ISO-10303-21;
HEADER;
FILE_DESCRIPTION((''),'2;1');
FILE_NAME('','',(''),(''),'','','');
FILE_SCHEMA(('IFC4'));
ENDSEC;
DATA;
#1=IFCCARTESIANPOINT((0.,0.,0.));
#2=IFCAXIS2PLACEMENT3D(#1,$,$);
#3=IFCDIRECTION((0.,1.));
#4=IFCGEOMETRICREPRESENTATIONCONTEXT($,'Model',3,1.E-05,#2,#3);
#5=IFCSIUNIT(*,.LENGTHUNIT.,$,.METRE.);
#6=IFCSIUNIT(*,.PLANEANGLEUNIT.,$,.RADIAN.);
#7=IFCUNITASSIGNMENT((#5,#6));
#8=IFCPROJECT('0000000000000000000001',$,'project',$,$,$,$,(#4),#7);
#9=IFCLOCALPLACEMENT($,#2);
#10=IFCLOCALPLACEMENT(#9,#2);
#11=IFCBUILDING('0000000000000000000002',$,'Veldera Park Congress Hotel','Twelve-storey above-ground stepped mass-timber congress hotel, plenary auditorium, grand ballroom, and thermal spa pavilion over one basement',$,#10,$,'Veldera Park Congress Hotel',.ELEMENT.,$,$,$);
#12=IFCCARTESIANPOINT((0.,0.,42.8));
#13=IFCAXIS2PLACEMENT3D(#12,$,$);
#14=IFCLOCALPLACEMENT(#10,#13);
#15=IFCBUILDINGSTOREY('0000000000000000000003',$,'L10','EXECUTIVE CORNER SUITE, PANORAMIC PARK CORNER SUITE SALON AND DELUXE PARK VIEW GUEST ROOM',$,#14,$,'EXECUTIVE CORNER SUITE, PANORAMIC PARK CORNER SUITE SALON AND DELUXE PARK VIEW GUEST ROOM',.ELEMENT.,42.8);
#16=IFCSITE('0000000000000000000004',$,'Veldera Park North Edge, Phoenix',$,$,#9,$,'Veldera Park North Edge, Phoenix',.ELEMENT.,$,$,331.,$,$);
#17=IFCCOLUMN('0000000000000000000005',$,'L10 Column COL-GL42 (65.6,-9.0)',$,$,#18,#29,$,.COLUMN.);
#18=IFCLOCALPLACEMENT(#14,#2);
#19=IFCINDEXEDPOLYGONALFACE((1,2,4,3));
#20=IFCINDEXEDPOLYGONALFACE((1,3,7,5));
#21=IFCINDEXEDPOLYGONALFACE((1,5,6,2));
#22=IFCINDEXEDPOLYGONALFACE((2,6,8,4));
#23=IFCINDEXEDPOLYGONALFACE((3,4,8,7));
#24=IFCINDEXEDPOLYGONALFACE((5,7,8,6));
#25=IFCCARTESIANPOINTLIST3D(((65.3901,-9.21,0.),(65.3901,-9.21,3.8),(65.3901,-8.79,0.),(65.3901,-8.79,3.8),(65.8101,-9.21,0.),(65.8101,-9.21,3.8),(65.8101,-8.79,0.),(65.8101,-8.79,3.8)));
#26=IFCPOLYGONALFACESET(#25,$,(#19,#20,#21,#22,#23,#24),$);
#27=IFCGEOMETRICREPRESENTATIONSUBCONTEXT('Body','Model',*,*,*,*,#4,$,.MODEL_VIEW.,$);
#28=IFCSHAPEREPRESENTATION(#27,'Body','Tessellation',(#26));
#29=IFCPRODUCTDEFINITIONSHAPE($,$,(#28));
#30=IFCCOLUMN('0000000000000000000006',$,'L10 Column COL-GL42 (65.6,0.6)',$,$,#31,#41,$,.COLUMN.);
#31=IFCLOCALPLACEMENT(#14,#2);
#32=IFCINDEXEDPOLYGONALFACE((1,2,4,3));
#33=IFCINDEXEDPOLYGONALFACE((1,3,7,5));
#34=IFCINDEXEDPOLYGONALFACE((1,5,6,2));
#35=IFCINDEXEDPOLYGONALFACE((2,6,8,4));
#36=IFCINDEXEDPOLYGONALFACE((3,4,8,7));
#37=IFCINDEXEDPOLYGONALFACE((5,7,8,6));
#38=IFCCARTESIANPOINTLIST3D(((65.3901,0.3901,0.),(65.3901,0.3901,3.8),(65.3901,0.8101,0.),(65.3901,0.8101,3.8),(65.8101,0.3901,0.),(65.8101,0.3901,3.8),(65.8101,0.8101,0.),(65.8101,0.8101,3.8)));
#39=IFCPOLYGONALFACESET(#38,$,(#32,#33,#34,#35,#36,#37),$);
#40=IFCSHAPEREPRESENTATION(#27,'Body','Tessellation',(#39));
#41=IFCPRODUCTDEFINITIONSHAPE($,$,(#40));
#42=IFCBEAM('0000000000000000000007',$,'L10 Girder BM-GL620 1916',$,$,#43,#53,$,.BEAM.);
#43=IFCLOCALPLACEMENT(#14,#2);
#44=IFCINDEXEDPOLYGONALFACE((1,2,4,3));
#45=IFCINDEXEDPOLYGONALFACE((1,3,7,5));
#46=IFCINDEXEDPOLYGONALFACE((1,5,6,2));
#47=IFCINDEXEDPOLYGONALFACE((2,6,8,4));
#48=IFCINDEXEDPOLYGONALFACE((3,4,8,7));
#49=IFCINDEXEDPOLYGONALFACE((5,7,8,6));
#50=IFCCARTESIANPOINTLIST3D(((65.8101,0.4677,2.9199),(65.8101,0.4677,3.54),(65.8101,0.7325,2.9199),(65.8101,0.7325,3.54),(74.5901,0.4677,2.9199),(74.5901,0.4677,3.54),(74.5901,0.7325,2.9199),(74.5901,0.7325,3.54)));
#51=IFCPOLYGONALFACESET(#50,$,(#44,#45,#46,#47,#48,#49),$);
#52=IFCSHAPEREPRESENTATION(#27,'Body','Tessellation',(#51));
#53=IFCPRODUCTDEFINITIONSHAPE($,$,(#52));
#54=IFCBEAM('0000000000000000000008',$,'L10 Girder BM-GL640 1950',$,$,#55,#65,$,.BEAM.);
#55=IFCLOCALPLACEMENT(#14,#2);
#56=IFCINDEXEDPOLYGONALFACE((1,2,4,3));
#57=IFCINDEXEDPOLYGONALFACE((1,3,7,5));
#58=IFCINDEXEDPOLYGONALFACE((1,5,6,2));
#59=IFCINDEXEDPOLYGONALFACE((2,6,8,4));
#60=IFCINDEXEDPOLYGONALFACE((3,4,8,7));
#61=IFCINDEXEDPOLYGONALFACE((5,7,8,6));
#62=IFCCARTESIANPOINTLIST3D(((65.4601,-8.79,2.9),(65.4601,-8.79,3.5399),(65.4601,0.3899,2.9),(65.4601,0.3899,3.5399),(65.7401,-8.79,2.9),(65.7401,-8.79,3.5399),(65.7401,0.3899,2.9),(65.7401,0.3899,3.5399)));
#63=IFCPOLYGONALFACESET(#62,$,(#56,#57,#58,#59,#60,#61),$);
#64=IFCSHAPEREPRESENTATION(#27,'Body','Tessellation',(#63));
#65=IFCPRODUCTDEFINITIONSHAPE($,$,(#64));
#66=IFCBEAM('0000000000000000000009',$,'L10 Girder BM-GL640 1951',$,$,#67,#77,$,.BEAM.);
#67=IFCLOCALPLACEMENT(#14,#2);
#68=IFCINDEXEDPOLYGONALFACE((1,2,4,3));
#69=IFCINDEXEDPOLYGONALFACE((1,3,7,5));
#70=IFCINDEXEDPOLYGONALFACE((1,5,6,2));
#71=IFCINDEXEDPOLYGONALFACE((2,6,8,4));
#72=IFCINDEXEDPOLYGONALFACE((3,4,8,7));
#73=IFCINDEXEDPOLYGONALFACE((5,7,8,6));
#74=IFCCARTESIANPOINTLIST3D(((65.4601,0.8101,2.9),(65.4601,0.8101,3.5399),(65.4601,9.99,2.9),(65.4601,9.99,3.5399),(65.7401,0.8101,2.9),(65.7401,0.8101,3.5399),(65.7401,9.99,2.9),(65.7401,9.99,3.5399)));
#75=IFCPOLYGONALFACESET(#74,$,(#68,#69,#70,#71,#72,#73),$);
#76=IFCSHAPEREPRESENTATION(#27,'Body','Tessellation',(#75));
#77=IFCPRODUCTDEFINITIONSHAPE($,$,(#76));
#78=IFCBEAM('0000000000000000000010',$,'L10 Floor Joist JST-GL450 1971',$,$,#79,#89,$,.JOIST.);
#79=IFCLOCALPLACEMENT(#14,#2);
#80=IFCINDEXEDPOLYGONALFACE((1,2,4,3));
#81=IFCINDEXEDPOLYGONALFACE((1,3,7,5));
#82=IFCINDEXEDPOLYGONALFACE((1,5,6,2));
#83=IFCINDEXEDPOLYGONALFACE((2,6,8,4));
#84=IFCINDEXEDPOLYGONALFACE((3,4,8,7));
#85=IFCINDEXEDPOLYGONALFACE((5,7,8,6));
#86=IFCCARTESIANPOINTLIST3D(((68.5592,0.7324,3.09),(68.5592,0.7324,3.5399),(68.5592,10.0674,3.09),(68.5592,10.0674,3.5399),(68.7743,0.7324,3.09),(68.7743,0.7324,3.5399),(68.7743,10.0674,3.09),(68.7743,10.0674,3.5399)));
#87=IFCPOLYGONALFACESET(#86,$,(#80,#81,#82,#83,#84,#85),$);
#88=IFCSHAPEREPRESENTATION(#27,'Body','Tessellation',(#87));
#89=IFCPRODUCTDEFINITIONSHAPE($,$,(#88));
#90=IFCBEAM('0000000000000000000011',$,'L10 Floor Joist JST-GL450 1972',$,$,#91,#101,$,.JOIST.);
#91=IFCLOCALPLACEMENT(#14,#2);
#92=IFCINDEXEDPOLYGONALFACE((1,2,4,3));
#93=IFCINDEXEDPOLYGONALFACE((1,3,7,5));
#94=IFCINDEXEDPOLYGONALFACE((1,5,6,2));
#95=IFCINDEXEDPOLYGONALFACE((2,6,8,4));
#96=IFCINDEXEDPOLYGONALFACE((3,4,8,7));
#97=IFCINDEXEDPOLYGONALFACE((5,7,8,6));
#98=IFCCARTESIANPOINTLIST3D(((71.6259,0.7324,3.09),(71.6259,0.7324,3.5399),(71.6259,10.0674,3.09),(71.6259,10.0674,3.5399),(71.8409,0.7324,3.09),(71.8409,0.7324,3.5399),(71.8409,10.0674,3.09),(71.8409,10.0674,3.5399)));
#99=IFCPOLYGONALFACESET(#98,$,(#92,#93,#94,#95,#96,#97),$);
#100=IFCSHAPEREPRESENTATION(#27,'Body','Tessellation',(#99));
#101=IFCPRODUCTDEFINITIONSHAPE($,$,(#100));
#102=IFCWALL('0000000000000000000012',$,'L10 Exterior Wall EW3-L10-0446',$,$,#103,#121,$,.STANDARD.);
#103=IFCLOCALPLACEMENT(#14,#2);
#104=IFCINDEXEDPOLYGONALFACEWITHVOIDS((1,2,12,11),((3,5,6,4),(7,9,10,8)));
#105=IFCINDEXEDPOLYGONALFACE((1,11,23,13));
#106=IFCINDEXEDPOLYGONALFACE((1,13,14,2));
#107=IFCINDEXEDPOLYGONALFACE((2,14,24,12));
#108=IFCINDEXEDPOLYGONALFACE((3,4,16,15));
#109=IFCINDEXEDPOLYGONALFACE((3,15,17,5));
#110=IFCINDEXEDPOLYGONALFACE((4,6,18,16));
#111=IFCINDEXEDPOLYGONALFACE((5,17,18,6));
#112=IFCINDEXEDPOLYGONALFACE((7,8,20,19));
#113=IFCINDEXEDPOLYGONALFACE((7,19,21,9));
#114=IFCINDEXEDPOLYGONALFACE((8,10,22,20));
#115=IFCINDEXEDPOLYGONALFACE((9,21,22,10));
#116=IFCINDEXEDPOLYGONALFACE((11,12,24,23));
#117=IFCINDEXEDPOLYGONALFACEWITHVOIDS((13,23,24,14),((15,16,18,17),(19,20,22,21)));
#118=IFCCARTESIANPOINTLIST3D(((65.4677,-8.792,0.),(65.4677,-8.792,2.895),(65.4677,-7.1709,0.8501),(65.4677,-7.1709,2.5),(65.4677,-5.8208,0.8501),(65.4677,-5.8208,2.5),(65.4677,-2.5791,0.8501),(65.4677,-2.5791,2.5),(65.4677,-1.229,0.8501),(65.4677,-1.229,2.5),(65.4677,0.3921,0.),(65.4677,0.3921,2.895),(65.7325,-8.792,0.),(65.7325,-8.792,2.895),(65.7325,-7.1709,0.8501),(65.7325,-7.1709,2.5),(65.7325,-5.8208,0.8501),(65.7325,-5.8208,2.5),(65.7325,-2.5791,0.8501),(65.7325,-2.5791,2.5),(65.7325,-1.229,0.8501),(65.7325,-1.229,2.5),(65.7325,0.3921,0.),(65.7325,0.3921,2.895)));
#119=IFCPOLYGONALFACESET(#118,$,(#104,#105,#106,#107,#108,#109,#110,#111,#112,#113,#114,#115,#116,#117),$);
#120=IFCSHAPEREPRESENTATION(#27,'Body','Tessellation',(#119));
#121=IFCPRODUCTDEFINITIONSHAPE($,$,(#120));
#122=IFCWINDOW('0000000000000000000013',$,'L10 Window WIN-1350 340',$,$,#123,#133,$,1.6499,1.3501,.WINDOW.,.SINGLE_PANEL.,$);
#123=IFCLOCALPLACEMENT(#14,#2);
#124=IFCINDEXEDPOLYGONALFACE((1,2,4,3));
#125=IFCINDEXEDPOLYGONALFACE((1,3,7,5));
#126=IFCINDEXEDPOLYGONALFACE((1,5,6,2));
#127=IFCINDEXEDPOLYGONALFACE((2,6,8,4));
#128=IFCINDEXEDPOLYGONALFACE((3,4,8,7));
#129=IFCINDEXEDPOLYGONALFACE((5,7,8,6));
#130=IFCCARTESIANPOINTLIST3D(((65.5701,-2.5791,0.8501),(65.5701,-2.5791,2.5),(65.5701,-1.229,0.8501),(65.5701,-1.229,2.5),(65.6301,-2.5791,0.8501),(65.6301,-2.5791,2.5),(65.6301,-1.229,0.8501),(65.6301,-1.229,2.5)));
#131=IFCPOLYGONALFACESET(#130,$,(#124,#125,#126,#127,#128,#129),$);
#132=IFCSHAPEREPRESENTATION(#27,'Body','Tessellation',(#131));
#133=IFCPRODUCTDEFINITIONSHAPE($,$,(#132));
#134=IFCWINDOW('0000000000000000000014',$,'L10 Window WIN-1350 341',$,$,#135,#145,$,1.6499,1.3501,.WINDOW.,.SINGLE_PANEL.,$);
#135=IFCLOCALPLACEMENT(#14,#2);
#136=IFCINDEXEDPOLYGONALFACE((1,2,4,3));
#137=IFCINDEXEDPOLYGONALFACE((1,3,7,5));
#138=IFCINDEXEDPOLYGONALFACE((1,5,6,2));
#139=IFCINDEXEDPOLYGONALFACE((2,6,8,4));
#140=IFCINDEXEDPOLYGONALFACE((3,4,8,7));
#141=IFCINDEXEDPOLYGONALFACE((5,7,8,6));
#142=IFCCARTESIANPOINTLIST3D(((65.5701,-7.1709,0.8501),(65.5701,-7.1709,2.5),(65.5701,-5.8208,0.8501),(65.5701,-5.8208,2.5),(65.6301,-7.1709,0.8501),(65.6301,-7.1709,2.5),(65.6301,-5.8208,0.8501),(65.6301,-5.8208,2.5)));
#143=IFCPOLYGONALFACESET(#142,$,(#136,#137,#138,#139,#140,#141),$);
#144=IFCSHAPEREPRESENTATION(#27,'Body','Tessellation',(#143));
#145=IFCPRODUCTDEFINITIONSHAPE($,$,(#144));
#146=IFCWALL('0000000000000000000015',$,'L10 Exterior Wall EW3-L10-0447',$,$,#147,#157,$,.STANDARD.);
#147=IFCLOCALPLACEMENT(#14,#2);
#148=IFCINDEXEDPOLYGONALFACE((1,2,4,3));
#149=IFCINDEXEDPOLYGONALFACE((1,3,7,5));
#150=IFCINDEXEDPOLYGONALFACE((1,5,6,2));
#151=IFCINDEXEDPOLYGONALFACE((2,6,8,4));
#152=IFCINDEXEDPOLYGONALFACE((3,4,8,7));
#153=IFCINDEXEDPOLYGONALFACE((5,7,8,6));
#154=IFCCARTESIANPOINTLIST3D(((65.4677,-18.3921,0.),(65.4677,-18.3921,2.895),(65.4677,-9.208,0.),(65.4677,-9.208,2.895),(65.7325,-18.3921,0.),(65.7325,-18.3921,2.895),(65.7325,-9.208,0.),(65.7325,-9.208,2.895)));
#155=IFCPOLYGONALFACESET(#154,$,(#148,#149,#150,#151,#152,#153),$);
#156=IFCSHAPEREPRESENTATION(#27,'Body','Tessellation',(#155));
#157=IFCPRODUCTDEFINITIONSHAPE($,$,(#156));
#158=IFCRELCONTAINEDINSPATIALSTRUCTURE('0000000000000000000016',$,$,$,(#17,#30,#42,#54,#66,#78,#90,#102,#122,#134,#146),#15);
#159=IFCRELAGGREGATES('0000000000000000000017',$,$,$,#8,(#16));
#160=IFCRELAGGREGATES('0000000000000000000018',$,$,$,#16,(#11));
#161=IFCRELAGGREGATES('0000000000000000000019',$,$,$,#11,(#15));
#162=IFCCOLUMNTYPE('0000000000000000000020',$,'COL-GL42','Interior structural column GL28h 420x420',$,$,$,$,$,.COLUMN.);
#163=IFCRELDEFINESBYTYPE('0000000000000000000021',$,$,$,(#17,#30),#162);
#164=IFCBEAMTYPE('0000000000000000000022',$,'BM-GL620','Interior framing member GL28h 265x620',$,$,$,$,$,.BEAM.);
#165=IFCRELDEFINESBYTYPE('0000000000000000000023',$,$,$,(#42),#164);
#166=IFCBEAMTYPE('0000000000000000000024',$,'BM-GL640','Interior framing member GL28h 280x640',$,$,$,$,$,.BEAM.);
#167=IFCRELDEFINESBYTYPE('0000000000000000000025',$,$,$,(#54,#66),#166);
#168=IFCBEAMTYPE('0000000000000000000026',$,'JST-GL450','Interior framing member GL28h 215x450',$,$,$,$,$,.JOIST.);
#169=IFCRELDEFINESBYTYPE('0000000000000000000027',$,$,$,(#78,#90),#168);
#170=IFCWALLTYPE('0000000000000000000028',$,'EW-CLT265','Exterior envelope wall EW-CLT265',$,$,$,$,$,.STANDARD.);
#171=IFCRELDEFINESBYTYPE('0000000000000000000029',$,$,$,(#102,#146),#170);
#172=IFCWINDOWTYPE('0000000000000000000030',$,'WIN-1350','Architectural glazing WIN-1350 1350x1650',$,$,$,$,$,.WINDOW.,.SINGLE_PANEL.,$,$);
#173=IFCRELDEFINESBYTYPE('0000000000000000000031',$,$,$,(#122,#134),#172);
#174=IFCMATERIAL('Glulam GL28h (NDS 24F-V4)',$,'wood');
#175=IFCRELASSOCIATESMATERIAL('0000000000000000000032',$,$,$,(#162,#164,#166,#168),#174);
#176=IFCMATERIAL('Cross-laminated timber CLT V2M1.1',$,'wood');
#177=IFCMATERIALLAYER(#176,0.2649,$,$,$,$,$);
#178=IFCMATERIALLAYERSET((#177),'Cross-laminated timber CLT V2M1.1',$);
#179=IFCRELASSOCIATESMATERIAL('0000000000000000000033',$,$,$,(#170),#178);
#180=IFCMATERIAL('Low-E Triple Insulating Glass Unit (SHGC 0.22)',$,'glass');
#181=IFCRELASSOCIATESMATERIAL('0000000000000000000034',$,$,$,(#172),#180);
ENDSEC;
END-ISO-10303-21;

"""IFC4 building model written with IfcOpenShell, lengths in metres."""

from ifc_helpers import new_model, si_unit, direction, frame, frame_2d, origin, origin_2d, place, context, subcontext, project, spatial, rectangle, extrude, material, layer, layer_set, material_profile, profile_set, type_object, element, fill, save


model = new_model("IFC4")

# Units and contexts
model_context = context("Model", 3, precision=1e-05, world=origin(), true_north=direction((0.0, 1.0)))
body_context = subcontext(model_context, "Body", "Model", "MODEL_VIEW")
ifc_project = project(units=[si_unit("LENGTHUNIT", "METRE"), si_unit("PLANEANGLEUNIT", "RADIAN")], contexts=[model_context])

# Site, building, storey
site_placement = place(None, origin())
site = spatial("IfcSite", under=ifc_project, at=site_placement, Name="Veldera Park North Edge, Phoenix", LongName="Veldera Park North Edge, Phoenix", CompositionType="ELEMENT", RefElevation=331.0)
building_placement = place(site_placement, origin())
building = spatial("IfcBuilding", under=site, at=building_placement, Name="Veldera Park Congress Hotel", Description="Twelve-storey above-ground stepped mass-timber congress hotel, plenary auditorium, grand ballroom, and thermal spa pavilion over one basement", LongName="Veldera Park Congress Hotel", CompositionType="ELEMENT")
storey_placement = place(building_placement, frame((0.0, 0.0, 42.8)))
storey = spatial("IfcBuildingStorey", under=building, at=storey_placement, Name="L10", Description="EXECUTIVE CORNER SUITE, PANORAMIC PARK CORNER SUITE SALON AND DELUXE PARK VIEW GUEST ROOM", LongName="EXECUTIVE CORNER SUITE, PANORAMIC PARK CORNER SUITE SALON AND DELUXE PARK VIEW GUEST ROOM", CompositionType="ELEMENT", Elevation=42.8)

# Columns
ifc_material_1 = material(Name="Glulam GL28h (NDS 24F-V4)", Category="wood")
ifc_material_profile_1 = material_profile(ifc_material_1, rectangle(XDim=0.4199, YDim=0.4199, at=origin_2d()), Name="GL28h 420x420")
ifc_profile_set_1 = profile_set([ifc_material_profile_1], Name="Glulam GL28h (NDS 24F-V4)")
column_type = type_object("IfcColumnType", Name="COL-GL42", Description="Interior structural column GL28h 420x420", PredefinedType="COLUMN", material=ifc_profile_set_1)
for number, where, z_axis, x_axis, name in (
    (1, (65.6001, -9.0, 0.0), (0.0, 0.0, 1.0), (1.0, 0.0, 0.0), "L10 Column COL-GL42 (65.6,-9.0)"),
    (2, (65.6001, 0.6001, 0.0), (0.0, 0.0, 1.0), (1.0, 0.0, 0.0), "L10 Column COL-GL42 (65.6,0.6)"),
):
    element("IfcColumn", number, at=place(storey_placement, frame(where, z_axis=z_axis, x_axis=x_axis)), inside=storey, type_object=column_type, Name=name, PredefinedType="COLUMN", context=body_context, shape_type="SweptSolid", body=[
        extrude(rectangle(XDim=0.4199, YDim=0.4199, at=origin_2d()), origin(), (0.0, 0.0, 1.0), 3.8),
    ])

# Beams
ifc_material_profile_2 = material_profile(ifc_material_1, rectangle(XDim=0.2649, YDim=0.6201, at=origin_2d()), Name="GL28h 265x620")
ifc_profile_set_2 = profile_set([ifc_material_profile_2], Name="Glulam GL28h (NDS 24F-V4)")
beam_type_1 = type_object("IfcBeamType", Name="BM-GL620", Description="Interior framing member GL28h 265x620", PredefinedType="BEAM", material=ifc_profile_set_2)
beam_placement = place(storey_placement, frame((65.8101, 0.6001, 3.23), z_axis=(1.0, 0.0, 0.0), x_axis=(0.0, 1.0, 0.0)))
element("IfcBeam", 3, at=beam_placement, inside=storey, type_object=beam_type_1, Name="L10 Girder BM-GL620 1916", PredefinedType="BEAM", context=body_context, shape_type="SweptSolid", body=[
    extrude(rectangle(XDim=0.2649, YDim=0.6201, at=origin_2d()), origin(), (0.0, 0.0, 1.0), 8.78),
])
ifc_material_profile_3 = material_profile(ifc_material_1, rectangle(XDim=0.28, YDim=0.6399, at=origin_2d()), Name="GL28h 280x640")
ifc_profile_set_3 = profile_set([ifc_material_profile_3], Name="Glulam GL28h (NDS 24F-V4)")
beam_type_2 = type_object("IfcBeamType", Name="BM-GL640", Description="Interior framing member GL28h 280x640", PredefinedType="BEAM", material=ifc_profile_set_3)
for number, where, z_axis, x_axis, name in (
    (4, (65.6001, -8.79, 3.22), (0.0, 1.0, 0.0), (-1.0, 0.0, 0.0), "L10 Girder BM-GL640 1950"),
    (5, (65.6001, 0.8101, 3.22), (0.0, 1.0, 0.0), (-1.0, 0.0, 0.0), "L10 Girder BM-GL640 1951"),
):
    element("IfcBeam", number, at=place(storey_placement, frame(where, z_axis=z_axis, x_axis=x_axis)), inside=storey, type_object=beam_type_2, Name=name, PredefinedType="BEAM", context=body_context, shape_type="SweptSolid", body=[
        extrude(rectangle(XDim=0.28, YDim=0.6399, at=origin_2d()), origin(), (0.0, 0.0, 1.0), 9.1799),
    ])
ifc_material_profile_4 = material_profile(ifc_material_1, rectangle(XDim=0.2151, YDim=0.45, at=origin_2d()), Name="GL28h 215x450")
ifc_profile_set_4 = profile_set([ifc_material_profile_4], Name="Glulam GL28h (NDS 24F-V4)")
beam_type_3 = type_object("IfcBeamType", Name="JST-GL450", Description="Interior framing member GL28h 215x450", PredefinedType="JOIST", material=ifc_profile_set_4)
for number, where, z_axis, x_axis, name in (
    (6, (68.6667, 0.7324, 3.3149), (0.0, 1.0, 0.0), (-1.0, 0.0, 0.0), "L10 Floor Joist JST-GL450 1971"),
    (7, (71.7334, 0.7324, 3.3149), (0.0, 1.0, 0.0), (-1.0, 0.0, 0.0), "L10 Floor Joist JST-GL450 1972"),
):
    element("IfcBeam", number, at=place(storey_placement, frame(where, z_axis=z_axis, x_axis=x_axis)), inside=storey, type_object=beam_type_3, Name=name, PredefinedType="JOIST", context=body_context, shape_type="SweptSolid", body=[
        extrude(rectangle(XDim=0.2151, YDim=0.45, at=origin_2d()), origin(), (0.0, 0.0, 1.0), 9.335),
    ])

# Wall, openings, windows
ifc_material_2 = material(Name="Cross-laminated timber CLT V2M1.1", Category="wood")
ifc_layer_1 = layer(ifc_material_2, 0.2649)
ifc_layer_set_1 = layer_set([ifc_layer_1], Name="Cross-laminated timber CLT V2M1.1")
wall_type_1 = type_object("IfcWallType", Name="EW-CLT265", Description="Exterior envelope wall EW-CLT265", PredefinedType="STANDARD", material=ifc_layer_set_1)
wall_1_placement = place(storey_placement, frame((65.6001, 0.3921, 0.0), z_axis=(0.0, 0.0, 1.0), x_axis=(0.0, -1.0, 0.0)))
wall_1 = element("IfcWall", 8, at=wall_1_placement, inside=storey, type_object=wall_type_1, Name="L10 Exterior Wall EW3-L10-0446", PredefinedType="STANDARD", context=body_context, shape_type="SweptSolid", body=[
    extrude(rectangle(XDim=9.1841, YDim=0.2649, at=frame_2d((4.592, 0.0))), origin(), (0.0, 0.0, 1.0), 2.895),
])
opening_1_placement = place(wall_1_placement, frame((1.6211, 0.0, 0.8501)))
opening_1 = element("IfcOpeningElement", 9, at=opening_1_placement, cuts=wall_1, PredefinedType="OPENING", context=body_context, shape_type="SweptSolid", body=[
    extrude(rectangle(XDim=1.3501, YDim=1.6499, at=frame_2d((0.675, 0.825))), frame((0.0, 0.1445, 0.0), z_axis=(0.0, -1.0, 0.0), x_axis=(1.0, 0.0, 0.0)), (0.0, 0.0, 1.0), 0.2888),
])
opening_2_placement = place(wall_1_placement, frame((6.2129, 0.0, 0.8501)))
opening_2 = element("IfcOpeningElement", 10, at=opening_2_placement, cuts=wall_1, PredefinedType="OPENING", context=body_context, shape_type="SweptSolid", body=[
    extrude(rectangle(XDim=1.3501, YDim=1.6499, at=frame_2d((0.675, 0.825))), frame((0.0, 0.1445, 0.0), z_axis=(0.0, -1.0, 0.0), x_axis=(1.0, 0.0, 0.0)), (0.0, 0.0, 1.0), 0.2888),
])
ifc_material_3 = material(Name="Low-E Triple Insulating Glass Unit (SHGC 0.22)", Category="glass")
window_type = type_object("IfcWindowType", Name="WIN-1350", Description="Architectural glazing WIN-1350 1350x1650", PartitioningType="SINGLE_PANEL", PredefinedType="WINDOW", material=ifc_material_3)
window_1_placement = place(opening_1_placement, origin())
window_1 = element("IfcWindow", 11, at=window_1_placement, inside=storey, type_object=window_type, Name="L10 Window WIN-1350 340", OverallHeight=1.6499, OverallWidth=1.3501, PartitioningType="SINGLE_PANEL", PredefinedType="WINDOW", context=body_context, shape_type="SweptSolid", body=[
    extrude(rectangle(XDim=1.3501, YDim=1.6499, at=frame_2d((0.675, 0.825))), frame((0.0, 0.03, 0.0), z_axis=(0.0, -1.0, 0.0), x_axis=(1.0, 0.0, 0.0)), (0.0, 0.0, 1.0), 0.0601),
])
fill(opening_1, window_1)
window_2_placement = place(opening_2_placement, origin())
window_2 = element("IfcWindow", 12, at=window_2_placement, inside=storey, type_object=window_type, Name="L10 Window WIN-1350 341", OverallHeight=1.6499, OverallWidth=1.3501, PartitioningType="SINGLE_PANEL", PredefinedType="WINDOW", context=body_context, shape_type="SweptSolid", body=[
    extrude(rectangle(XDim=1.3501, YDim=1.6499, at=frame_2d((0.675, 0.825))), frame((0.0, 0.03, 0.0), z_axis=(0.0, -1.0, 0.0), x_axis=(1.0, 0.0, 0.0)), (0.0, 0.0, 1.0), 0.0601),
])
fill(opening_2, window_2)

# Wall
wall_2_placement = place(storey_placement, frame((65.6001, -9.208, 0.0), z_axis=(0.0, 0.0, 1.0), x_axis=(0.0, -1.0, 0.0)))
element("IfcWall", 13, at=wall_2_placement, inside=storey, type_object=wall_type_1, Name="L10 Exterior Wall EW3-L10-0447", PredefinedType="STANDARD", context=body_context, shape_type="SweptSolid", body=[
    extrude(rectangle(XDim=9.1841, YDim=0.2649, at=frame_2d((4.592, 0.0))), origin(), (0.0, 0.0, 1.0), 2.895),
])

save(model, "model.ifc")
